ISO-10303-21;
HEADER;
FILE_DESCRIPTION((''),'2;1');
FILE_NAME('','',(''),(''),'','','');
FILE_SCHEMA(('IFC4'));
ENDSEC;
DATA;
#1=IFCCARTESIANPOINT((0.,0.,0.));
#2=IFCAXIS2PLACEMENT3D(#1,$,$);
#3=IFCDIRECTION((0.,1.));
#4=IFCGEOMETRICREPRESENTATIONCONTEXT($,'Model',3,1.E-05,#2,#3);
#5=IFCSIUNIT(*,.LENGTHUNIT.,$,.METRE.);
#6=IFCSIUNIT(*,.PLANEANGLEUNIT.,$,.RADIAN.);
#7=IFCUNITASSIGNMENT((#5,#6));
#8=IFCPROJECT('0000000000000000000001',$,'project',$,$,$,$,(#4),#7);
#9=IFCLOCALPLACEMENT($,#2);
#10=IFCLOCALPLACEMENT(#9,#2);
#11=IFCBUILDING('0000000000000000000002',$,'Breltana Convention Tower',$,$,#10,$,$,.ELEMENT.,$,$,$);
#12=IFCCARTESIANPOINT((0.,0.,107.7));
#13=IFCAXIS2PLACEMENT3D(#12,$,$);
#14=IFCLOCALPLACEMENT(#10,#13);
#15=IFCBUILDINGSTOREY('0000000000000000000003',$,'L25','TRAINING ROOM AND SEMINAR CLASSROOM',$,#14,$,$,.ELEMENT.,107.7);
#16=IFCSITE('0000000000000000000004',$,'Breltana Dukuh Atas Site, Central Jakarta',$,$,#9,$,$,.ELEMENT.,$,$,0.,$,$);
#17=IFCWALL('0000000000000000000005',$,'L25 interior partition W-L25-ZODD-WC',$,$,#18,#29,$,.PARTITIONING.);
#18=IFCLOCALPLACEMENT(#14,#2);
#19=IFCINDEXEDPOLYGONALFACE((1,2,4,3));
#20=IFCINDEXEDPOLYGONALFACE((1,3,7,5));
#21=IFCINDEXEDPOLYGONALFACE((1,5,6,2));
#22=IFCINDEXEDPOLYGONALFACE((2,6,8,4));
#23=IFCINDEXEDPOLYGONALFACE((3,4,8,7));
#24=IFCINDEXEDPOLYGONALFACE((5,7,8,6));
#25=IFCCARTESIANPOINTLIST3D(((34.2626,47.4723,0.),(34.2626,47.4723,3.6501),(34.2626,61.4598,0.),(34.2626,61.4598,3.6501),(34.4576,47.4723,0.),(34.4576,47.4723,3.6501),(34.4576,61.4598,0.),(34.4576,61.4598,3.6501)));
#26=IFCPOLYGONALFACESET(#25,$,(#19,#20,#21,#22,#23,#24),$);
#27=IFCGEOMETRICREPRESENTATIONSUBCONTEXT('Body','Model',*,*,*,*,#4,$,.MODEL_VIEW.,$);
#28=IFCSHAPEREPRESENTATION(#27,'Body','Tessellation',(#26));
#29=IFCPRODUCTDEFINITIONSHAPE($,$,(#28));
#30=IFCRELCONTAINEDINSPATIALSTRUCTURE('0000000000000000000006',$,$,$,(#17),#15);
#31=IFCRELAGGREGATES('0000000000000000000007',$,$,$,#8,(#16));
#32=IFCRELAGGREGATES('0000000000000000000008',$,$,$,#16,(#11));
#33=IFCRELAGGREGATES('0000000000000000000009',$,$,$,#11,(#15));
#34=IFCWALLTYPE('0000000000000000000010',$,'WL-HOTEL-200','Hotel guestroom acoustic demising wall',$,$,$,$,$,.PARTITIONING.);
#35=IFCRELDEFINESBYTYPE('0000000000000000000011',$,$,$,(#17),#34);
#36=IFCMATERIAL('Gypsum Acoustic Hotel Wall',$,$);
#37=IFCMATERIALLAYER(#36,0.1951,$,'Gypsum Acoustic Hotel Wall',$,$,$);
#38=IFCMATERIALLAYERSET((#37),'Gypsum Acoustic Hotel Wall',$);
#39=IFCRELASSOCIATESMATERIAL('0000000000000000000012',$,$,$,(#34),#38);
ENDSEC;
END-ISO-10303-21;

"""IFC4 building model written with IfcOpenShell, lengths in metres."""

from ifc_helpers import new_model, si_unit, direction, frame, frame_2d, origin, place, context, subcontext, project, spatial, rectangle, extrude, source, transform, mapped, material, layer, layer_set, type_object, element, save


model = new_model("IFC4")

# Units and contexts
model_context = context("Model", 3, precision=1e-05, world=origin(), true_north=direction((0.0, 1.0)))
body_context = subcontext(model_context, "Body", "Model", "MODEL_VIEW")
ifc_project = project(units=[si_unit("LENGTHUNIT", "METRE"), si_unit("PLANEANGLEUNIT", "RADIAN")], contexts=[model_context])

# Site, building, storey
site_placement = place(None, origin())
site = spatial("IfcSite", under=ifc_project, at=site_placement, Name="Breltana Dukuh Atas Site, Central Jakarta", CompositionType="ELEMENT", RefElevation=0.0)
building_placement = place(site_placement, origin())
building = spatial("IfcBuilding", under=site, at=building_placement, Name="Breltana Convention Tower", CompositionType="ELEMENT")
storey_placement = place(building_placement, frame((0.0, 0.0, 107.7)))
storey = spatial("IfcBuildingStorey", under=building, at=storey_placement, Name="L25", Description="TRAINING ROOM AND SEMINAR CLASSROOM", CompositionType="ELEMENT", Elevation=107.7)

# Wall
ifc_material_1 = material(Name="Gypsum Acoustic Hotel Wall")
ifc_layer_1 = layer(ifc_material_1, 0.1951, Name="Gypsum Acoustic Hotel Wall")
ifc_layer_set_1 = layer_set([ifc_layer_1], Name="Gypsum Acoustic Hotel Wall")
wall_type_1 = type_object("IfcWallType", Name="WL-HOTEL-200", Description="Hotel guestroom acoustic demising wall", PredefinedType="PARTITIONING", material=ifc_layer_set_1)
shared_shape_1 = source(origin(), body_context, "Body", "SweptSolid", [
    extrude(rectangle(XDim=13.9875, YDim=0.1951, at=frame_2d((6.9937, 0.0))), origin(), (0.0, 0.0, 1.0), 3.6501),
])
wall_1_placement = place(storey_placement, frame((34.3601, 47.4724, 0.0), z_axis=(0.0, 0.0, 1.0), x_axis=(0.0, 1.0, 0.0)))
element("IfcWall", 1, at=wall_1_placement, inside=storey, type_object=wall_type_1, Name="L25 interior partition W-L25-ZODD-WC", PredefinedType="PARTITIONING", context=body_context, shape_type="MappedRepresentation", body=[
    mapped(shared_shape_1, transform((0.0, 0.0, 0.0), scale=1.0)),
])

save(model, "model.ifc")
